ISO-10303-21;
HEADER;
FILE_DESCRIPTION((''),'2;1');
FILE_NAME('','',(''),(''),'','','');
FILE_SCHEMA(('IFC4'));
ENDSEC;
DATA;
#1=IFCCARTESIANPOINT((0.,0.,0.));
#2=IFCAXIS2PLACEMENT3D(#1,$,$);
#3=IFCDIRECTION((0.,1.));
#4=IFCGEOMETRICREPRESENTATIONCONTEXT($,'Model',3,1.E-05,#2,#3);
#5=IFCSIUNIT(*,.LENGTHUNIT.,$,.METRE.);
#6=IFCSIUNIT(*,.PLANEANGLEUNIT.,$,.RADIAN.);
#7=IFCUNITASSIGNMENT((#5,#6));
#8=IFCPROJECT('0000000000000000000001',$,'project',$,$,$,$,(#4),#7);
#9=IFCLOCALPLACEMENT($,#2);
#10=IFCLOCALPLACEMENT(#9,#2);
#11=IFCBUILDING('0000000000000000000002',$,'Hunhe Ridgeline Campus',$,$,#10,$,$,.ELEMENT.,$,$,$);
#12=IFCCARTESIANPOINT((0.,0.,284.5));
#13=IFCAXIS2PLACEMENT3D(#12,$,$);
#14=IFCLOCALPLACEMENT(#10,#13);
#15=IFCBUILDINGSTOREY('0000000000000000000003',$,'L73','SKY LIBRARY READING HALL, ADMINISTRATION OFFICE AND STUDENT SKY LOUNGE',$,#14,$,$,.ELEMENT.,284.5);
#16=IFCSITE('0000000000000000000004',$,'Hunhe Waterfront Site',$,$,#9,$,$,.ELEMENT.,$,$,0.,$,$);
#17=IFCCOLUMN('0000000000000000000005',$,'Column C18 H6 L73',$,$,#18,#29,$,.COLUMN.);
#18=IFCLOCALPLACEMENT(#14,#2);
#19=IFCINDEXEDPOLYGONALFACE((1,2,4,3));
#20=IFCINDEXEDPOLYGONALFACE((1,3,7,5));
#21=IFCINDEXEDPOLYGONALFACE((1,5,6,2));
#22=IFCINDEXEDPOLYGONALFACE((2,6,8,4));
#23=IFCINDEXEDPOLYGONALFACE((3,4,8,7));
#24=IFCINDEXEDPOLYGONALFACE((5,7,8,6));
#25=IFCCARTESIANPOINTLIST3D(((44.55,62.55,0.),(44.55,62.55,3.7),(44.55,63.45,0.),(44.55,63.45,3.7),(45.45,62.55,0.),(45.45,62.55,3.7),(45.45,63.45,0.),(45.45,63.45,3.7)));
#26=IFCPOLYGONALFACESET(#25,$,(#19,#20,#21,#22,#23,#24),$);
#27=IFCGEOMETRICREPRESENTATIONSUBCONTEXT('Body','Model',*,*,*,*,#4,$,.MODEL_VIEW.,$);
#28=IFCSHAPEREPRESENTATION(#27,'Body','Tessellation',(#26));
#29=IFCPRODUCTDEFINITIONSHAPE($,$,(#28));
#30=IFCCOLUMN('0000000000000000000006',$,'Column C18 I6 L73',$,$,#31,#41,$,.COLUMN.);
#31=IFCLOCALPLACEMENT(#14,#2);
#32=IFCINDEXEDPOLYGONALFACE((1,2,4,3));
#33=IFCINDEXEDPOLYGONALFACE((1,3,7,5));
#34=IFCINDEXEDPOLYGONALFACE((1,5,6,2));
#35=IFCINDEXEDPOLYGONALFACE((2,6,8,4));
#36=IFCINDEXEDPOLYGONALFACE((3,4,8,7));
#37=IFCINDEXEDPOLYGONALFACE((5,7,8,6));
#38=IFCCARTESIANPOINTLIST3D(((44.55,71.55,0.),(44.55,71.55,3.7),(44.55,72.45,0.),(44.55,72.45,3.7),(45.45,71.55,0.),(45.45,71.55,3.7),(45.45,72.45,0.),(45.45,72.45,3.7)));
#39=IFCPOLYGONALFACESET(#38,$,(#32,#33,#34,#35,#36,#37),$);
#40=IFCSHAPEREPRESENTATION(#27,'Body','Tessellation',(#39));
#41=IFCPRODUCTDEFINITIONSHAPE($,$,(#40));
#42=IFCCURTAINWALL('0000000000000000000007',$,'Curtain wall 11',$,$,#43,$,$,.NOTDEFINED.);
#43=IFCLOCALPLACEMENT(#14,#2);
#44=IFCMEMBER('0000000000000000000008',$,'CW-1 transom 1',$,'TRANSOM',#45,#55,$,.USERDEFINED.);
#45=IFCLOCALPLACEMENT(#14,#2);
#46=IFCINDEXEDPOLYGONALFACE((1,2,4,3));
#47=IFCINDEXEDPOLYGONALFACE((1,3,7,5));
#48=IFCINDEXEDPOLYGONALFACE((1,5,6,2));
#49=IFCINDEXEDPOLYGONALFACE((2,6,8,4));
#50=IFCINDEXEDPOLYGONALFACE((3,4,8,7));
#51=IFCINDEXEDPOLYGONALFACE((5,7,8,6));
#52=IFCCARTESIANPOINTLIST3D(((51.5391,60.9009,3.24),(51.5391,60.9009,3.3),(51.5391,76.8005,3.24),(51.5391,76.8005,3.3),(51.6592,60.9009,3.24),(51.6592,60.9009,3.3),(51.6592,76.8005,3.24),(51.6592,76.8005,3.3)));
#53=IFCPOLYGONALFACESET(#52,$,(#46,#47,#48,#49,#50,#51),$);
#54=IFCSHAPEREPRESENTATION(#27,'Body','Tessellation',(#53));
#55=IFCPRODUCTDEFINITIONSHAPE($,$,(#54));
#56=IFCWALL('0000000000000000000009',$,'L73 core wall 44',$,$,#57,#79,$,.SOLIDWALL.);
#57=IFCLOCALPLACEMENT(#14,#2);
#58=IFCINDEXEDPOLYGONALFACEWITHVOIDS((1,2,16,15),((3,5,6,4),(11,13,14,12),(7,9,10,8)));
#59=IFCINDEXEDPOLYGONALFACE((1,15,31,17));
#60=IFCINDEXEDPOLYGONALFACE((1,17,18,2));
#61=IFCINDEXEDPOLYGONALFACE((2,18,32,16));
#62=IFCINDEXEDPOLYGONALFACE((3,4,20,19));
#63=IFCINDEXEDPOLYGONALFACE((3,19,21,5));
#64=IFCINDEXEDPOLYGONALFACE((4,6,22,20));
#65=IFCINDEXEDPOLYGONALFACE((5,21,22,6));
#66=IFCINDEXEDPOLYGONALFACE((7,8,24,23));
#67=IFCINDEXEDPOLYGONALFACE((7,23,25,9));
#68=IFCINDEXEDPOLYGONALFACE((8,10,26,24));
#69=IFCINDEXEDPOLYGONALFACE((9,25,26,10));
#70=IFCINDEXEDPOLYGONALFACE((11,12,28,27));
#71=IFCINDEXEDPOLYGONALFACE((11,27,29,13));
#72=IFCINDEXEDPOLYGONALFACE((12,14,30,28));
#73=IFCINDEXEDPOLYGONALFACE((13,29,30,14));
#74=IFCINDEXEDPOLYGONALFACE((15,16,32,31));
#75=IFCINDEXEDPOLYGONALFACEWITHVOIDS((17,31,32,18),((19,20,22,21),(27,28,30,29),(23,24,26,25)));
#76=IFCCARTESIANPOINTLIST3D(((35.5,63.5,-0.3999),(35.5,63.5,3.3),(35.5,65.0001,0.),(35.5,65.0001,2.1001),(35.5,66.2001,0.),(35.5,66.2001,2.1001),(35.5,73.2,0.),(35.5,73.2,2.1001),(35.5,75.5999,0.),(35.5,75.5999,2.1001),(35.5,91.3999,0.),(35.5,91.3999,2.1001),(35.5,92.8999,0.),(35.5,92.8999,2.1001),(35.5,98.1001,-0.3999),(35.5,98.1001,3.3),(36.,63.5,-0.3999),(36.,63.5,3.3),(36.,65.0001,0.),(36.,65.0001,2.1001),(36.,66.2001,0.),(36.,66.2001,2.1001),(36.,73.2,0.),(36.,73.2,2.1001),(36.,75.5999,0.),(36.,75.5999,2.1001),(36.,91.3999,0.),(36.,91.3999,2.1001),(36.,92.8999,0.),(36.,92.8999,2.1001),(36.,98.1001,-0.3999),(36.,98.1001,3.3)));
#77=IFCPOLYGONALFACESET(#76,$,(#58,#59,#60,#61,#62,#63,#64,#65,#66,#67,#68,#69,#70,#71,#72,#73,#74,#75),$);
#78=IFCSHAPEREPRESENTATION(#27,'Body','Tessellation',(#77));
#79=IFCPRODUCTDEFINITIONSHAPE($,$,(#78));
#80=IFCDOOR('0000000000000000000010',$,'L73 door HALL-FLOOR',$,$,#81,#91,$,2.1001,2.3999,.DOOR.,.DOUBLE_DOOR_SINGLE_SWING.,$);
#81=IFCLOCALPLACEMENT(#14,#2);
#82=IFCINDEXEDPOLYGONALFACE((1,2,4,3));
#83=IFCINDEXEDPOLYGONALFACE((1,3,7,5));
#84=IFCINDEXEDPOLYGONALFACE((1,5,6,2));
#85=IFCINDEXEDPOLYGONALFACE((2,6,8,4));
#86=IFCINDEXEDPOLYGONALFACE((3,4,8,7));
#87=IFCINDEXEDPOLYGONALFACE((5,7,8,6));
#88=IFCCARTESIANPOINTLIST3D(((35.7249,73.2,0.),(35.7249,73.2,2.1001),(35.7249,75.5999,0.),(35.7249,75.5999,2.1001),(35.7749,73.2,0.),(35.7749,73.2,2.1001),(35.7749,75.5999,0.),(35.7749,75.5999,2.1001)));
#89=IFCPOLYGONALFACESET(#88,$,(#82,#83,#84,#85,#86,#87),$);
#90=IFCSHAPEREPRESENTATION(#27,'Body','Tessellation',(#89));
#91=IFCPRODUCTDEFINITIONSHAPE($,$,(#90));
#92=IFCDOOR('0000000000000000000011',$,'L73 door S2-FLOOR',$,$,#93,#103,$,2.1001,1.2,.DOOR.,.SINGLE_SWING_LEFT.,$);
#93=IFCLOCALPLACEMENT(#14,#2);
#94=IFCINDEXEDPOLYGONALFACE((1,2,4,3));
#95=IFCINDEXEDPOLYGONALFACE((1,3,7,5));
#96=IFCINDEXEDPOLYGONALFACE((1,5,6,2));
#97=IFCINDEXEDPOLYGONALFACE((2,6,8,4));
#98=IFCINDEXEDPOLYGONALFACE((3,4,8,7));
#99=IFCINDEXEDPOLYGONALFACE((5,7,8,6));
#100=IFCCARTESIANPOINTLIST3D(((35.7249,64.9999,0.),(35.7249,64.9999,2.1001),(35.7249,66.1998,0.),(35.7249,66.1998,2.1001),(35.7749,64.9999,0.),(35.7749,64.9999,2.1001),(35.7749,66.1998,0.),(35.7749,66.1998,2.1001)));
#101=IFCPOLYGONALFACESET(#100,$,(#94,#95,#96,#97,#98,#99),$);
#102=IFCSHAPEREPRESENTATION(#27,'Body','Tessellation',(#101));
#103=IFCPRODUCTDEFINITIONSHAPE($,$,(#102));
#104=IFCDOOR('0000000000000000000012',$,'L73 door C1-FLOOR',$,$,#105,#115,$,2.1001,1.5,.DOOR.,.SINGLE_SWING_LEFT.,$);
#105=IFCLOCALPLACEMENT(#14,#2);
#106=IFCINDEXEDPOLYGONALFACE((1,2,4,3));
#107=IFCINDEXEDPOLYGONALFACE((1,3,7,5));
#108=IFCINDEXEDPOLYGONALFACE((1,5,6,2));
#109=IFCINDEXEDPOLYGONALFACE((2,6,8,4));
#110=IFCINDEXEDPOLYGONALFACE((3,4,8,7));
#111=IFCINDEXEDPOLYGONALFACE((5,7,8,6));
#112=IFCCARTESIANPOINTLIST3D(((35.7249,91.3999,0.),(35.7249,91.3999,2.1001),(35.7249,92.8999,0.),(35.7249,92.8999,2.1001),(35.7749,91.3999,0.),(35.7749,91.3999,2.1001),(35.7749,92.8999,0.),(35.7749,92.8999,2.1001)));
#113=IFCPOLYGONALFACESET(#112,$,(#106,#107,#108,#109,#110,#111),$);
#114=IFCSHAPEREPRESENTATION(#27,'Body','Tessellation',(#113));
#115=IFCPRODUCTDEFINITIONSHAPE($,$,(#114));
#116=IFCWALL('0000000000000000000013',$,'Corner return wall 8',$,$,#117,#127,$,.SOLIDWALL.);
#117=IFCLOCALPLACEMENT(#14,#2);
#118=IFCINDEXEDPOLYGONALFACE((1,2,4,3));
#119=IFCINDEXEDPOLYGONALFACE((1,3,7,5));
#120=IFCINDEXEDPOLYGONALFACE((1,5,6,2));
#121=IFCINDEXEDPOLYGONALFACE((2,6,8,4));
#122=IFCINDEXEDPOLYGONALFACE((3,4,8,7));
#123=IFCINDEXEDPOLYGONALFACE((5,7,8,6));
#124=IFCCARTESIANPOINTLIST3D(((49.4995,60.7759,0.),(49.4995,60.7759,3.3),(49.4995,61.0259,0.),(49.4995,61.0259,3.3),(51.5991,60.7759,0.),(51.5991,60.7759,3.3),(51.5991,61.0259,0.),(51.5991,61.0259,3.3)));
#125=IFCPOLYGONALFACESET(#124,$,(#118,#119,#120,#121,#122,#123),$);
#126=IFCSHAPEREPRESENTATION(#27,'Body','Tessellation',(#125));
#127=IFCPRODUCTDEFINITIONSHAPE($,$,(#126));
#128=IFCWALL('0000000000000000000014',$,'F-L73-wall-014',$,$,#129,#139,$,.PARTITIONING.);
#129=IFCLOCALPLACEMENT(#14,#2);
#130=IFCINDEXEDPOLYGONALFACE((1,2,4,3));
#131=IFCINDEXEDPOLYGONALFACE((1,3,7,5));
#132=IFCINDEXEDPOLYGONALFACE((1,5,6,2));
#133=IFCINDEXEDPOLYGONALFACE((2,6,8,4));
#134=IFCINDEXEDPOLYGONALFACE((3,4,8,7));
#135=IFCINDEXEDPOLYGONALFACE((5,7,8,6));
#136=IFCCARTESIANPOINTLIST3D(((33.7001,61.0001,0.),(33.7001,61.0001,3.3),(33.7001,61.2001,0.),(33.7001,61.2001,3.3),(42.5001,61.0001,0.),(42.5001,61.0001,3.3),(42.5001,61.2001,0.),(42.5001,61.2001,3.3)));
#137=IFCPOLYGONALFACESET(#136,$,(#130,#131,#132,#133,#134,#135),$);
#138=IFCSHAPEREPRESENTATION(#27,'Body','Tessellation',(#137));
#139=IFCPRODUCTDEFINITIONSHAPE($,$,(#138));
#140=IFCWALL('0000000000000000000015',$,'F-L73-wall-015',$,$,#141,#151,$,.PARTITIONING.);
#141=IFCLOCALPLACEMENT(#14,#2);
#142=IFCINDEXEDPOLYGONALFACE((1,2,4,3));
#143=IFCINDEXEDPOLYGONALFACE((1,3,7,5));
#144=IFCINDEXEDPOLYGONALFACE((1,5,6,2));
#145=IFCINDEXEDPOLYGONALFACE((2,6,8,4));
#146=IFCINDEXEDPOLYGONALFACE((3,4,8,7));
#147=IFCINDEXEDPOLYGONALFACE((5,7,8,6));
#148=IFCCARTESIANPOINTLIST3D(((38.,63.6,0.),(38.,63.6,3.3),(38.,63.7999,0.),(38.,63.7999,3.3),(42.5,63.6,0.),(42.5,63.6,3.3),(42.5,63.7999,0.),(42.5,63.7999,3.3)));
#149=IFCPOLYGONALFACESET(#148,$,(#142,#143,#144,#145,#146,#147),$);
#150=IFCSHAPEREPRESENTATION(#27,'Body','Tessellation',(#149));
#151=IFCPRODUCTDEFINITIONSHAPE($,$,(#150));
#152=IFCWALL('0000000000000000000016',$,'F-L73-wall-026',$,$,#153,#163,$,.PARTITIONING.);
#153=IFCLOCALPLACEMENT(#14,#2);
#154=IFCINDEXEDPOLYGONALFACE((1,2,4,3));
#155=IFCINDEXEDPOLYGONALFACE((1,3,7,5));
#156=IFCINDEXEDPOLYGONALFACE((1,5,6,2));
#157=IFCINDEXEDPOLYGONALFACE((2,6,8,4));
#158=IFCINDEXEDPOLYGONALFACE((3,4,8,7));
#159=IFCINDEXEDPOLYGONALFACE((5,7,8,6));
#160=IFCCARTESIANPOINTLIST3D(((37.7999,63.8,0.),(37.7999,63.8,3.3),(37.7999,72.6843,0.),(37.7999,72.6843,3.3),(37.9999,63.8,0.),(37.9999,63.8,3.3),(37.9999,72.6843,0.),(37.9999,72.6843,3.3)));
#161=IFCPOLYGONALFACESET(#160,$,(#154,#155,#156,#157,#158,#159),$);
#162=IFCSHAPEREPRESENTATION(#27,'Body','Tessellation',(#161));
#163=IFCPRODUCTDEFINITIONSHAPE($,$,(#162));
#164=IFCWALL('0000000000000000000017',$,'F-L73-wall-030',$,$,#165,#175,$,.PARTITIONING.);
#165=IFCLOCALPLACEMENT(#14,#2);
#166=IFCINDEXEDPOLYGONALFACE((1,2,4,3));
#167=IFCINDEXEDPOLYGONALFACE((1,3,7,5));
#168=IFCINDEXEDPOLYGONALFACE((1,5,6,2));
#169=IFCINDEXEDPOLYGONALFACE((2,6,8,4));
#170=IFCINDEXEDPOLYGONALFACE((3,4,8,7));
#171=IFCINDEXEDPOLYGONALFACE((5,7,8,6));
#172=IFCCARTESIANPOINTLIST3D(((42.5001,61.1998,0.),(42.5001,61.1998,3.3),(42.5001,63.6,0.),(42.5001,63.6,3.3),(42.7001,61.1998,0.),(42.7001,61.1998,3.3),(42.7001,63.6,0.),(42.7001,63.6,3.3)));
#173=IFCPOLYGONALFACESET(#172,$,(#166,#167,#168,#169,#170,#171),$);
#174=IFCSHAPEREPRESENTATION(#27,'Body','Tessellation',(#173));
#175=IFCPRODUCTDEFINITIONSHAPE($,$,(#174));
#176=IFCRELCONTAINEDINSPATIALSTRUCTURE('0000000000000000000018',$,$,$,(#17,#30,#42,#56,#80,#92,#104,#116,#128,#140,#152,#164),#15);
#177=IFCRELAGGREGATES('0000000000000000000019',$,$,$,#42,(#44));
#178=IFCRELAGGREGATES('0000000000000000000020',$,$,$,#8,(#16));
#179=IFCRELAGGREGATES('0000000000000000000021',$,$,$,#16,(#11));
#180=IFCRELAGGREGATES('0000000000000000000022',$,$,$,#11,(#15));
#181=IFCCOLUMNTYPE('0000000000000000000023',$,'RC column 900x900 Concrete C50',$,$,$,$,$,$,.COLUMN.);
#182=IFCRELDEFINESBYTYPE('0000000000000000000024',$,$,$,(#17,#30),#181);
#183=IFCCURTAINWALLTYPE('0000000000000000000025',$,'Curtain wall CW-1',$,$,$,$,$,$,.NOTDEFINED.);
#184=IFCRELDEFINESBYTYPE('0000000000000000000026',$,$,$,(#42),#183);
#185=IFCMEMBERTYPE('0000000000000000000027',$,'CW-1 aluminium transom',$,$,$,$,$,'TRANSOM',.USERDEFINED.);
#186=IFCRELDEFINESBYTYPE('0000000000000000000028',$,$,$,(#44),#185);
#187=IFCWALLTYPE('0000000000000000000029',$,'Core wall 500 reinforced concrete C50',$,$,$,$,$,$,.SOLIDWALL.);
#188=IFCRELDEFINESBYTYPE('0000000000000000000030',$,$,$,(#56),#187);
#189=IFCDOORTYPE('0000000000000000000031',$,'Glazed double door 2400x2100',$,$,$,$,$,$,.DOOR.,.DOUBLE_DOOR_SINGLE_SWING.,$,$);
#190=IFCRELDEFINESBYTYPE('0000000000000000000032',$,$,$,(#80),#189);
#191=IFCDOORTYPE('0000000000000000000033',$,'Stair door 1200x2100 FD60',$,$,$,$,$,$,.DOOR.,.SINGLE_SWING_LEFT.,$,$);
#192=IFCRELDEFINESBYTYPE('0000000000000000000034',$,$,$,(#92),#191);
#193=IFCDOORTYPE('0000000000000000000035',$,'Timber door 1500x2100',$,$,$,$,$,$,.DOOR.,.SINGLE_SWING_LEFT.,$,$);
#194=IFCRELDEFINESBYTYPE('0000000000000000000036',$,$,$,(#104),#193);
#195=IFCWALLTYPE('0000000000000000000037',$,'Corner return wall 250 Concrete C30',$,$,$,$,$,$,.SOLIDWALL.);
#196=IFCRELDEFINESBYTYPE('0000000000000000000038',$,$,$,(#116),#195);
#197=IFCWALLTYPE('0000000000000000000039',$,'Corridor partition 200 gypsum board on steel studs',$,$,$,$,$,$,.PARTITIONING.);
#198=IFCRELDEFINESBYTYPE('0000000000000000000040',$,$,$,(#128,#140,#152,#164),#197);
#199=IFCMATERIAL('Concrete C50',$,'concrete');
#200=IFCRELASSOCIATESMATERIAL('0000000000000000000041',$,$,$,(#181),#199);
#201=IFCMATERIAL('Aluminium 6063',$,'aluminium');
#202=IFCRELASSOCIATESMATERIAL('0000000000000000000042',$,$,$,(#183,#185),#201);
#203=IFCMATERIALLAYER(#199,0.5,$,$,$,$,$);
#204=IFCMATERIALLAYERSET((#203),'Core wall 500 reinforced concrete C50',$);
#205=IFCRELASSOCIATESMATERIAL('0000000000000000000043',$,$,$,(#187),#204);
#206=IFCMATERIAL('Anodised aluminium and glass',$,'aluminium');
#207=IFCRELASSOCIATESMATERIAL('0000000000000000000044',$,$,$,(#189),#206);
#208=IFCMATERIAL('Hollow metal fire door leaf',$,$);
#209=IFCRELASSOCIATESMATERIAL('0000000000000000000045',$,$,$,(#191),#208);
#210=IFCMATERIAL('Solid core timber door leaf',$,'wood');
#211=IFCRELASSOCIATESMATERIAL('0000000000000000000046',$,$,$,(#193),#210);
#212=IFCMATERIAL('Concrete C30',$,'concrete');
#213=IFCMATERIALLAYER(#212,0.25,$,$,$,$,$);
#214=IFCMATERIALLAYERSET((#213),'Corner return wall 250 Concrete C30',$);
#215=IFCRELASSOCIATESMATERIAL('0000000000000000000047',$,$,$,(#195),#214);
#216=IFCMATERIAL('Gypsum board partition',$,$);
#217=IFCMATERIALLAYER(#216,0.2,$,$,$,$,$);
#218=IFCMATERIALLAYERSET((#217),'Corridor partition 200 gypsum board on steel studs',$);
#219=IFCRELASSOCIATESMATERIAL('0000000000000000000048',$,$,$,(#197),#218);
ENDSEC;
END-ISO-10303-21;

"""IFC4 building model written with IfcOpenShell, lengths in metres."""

from ifc_helpers import new_model, si_unit, direction, frame, frame_2d, origin, origin_2d, place, context, subcontext, project, spatial, rectangle, extrude, material, layer, layer_set, material_profile, profile_set, type_object, element, fill, aggregate, save


model = new_model("IFC4")

# Units and contexts
model_context = context("Model", 3, precision=1e-05, world=origin(), true_north=direction((0.0, 1.0)))
body_context = subcontext(model_context, "Body", "Model", "MODEL_VIEW")
ifc_project = project(units=[si_unit("LENGTHUNIT", "METRE"), si_unit("PLANEANGLEUNIT", "RADIAN")], contexts=[model_context])

# Site, building, storey
site_placement = place(None, origin())
site = spatial("IfcSite", under=ifc_project, at=site_placement, Name="Hunhe Waterfront Site", CompositionType="ELEMENT", RefElevation=0.0)
building_placement = place(site_placement, origin())
building = spatial("IfcBuilding", under=site, at=building_placement, Name="Hunhe Ridgeline Campus", CompositionType="ELEMENT")
storey_placement = place(building_placement, frame((0.0, 0.0, 284.5)))
storey = spatial("IfcBuildingStorey", under=building, at=storey_placement, Name="L73", Description="SKY LIBRARY READING HALL, ADMINISTRATION OFFICE AND STUDENT SKY LOUNGE", CompositionType="ELEMENT", Elevation=284.5)

# Columns
ifc_material_1 = material(Name="Concrete C50", Category="concrete")
ifc_material_profile_1 = material_profile(ifc_material_1, rectangle(XDim=0.8999, YDim=0.8999, at=origin_2d()))
ifc_profile_set_1 = profile_set([ifc_material_profile_1], Name="Concrete C50")
column_type = type_object("IfcColumnType", Name="RC column 900x900 Concrete C50", PredefinedType="COLUMN", material=ifc_profile_set_1)
for number, where, z_axis, x_axis, name in (
    (1, (45.0, 63.0, 0.0), (0.0, 0.0, 1.0), (1.0, 0.0, 0.0), "Column C18 H6 L73"),
    (2, (45.0, 72.0, 0.0), (0.0, 0.0, 1.0), (1.0, 0.0, 0.0), "Column C18 I6 L73"),
):
    element("IfcColumn", number, at=place(storey_placement, frame(where, z_axis=z_axis, x_axis=x_axis)), inside=storey, type_object=column_type, Name=name, PredefinedType="COLUMN", context=body_context, shape_type="SweptSolid", body=[
        extrude(rectangle(XDim=0.8999, YDim=0.8999, at=origin_2d()), origin(), (0.0, 0.0, 1.0), 3.7),
    ])

# Curtain wall, member
ifc_material_2 = material(Name="Aluminium 6063", Category="aluminium")
curtain_wall_type = type_object("IfcCurtainWallType", Name="Curtain wall CW-1", PredefinedType="NOTDEFINED", material=ifc_material_2)
curtain_wall_placement = place(storey_placement, origin())
curtain_wall = element("IfcCurtainWall", 3, at=curtain_wall_placement, inside=storey, type_object=curtain_wall_type, Name="Curtain wall 11", PredefinedType="NOTDEFINED")
ifc_material_profile_2 = material_profile(ifc_material_2, rectangle(XDim=0.1201, YDim=0.0601, at=origin_2d()))
ifc_profile_set_2 = profile_set([ifc_material_profile_2], Name="Aluminium 6063")
member_type = type_object("IfcMemberType", Name="CW-1 aluminium transom", ElementType="TRANSOM", PredefinedType="USERDEFINED", material=ifc_profile_set_2)
member_placement = place(storey_placement, frame((51.5991, 60.9009, 3.27), z_axis=(0.0, 1.0, 0.0), x_axis=(-1.0, 0.0, 0.0)))
member = element("IfcMember", 4, at=member_placement, type_object=member_type, Name="CW-1 transom 1", ObjectType="TRANSOM", PredefinedType="USERDEFINED", context=body_context, shape_type="SweptSolid", body=[
    extrude(rectangle(XDim=0.1201, YDim=0.0601, at=origin_2d()), origin(), (0.0, 0.0, 1.0), 15.8997),
])
aggregate(curtain_wall, [member])

# Wall, openings, doors
ifc_layer_1 = layer(ifc_material_1, 0.5)
ifc_layer_set_1 = layer_set([ifc_layer_1], Name="Core wall 500 reinforced concrete C50")
wall_type_1 = type_object("IfcWallType", Name="Core wall 500 reinforced concrete C50", PredefinedType="SOLIDWALL", material=ifc_layer_set_1)
wall_1_placement = place(storey_placement, frame((35.75, 63.5, -0.3999), z_axis=(0.0, 0.0, 1.0), x_axis=(0.0, 1.0, 0.0)))
wall_1 = element("IfcWall", 5, at=wall_1_placement, inside=storey, type_object=wall_type_1, Name="L73 core wall 44", PredefinedType="SOLIDWALL", context=body_context, shape_type="SweptSolid", body=[
    extrude(rectangle(XDim=34.6001, YDim=0.5, at=frame_2d((17.3, 0.0))), origin(), (0.0, 0.0, 1.0), 3.7),
])
opening_1_placement = place(wall_1_placement, frame((9.7, 0.0, 0.3999)))
opening_1 = element("IfcOpeningElement", 6, at=opening_1_placement, cuts=wall_1, PredefinedType="OPENING", context=body_context, shape_type="SweptSolid", body=[
    extrude(rectangle(XDim=2.3999, YDim=2.1001, at=frame_2d((1.2, 1.05))), frame((0.0, 0.25, 0.0), z_axis=(0.0, -1.0, 0.0), x_axis=(1.0, 0.0, 0.0)), (0.0, 0.0, 1.0), 0.5),
])
opening_2_placement = place(wall_1_placement, frame((27.8999, 0.0, 0.3999)))
opening_2 = element("IfcOpeningElement", 7, at=opening_2_placement, cuts=wall_1, PredefinedType="OPENING", context=body_context, shape_type="SweptSolid", body=[
    extrude(rectangle(XDim=1.5, YDim=2.1001, at=frame_2d((0.75, 1.05))), frame((0.0, 0.25, 0.0), z_axis=(0.0, -1.0, 0.0), x_axis=(1.0, 0.0, 0.0)), (0.0, 0.0, 1.0), 0.5),
])
opening_3_placement = place(wall_1_placement, frame((1.5, 0.0, 0.3999)))
opening_3 = element("IfcOpeningElement", 8, at=opening_3_placement, cuts=wall_1, PredefinedType="OPENING", context=body_context, shape_type="SweptSolid", body=[
    extrude(rectangle(XDim=1.2, YDim=2.1001, at=frame_2d((0.6001, 1.05))), frame((0.0, 0.25, 0.0), z_axis=(0.0, -1.0, 0.0), x_axis=(1.0, 0.0, 0.0)), (0.0, 0.0, 1.0), 0.5),
])
ifc_material_3 = material(Name="Anodised aluminium and glass", Category="aluminium")
door_type_1 = type_object("IfcDoorType", Name="Glazed double door 2400x2100", OperationType="DOUBLE_DOOR_SINGLE_SWING", PredefinedType="DOOR", material=ifc_material_3)
door_1_placement = place(opening_1_placement, frame((2.3999, 0.0, 0.0), z_axis=(0.0, 0.0, 1.0), x_axis=(-1.0, 0.0, 0.0)))
door_1 = element("IfcDoor", 9, at=door_1_placement, inside=storey, type_object=door_type_1, Name="L73 door HALL-FLOOR", OperationType="DOUBLE_DOOR_SINGLE_SWING", OverallHeight=2.1001, OverallWidth=2.3999, PredefinedType="DOOR", context=body_context, shape_type="SweptSolid", body=[
    extrude(rectangle(XDim=2.3999, YDim=2.1001, at=frame_2d((1.2, 1.05))), frame((0.0, 0.0249, 0.0), z_axis=(0.0, -1.0, 0.0), x_axis=(1.0, 0.0, 0.0)), (0.0, 0.0, 1.0), 0.05),
])
fill(opening_1, door_1)
ifc_material_4 = material(Name="Hollow metal fire door leaf")
door_type_2 = type_object("IfcDoorType", Name="Stair door 1200x2100 FD60", OperationType="SINGLE_SWING_LEFT", PredefinedType="DOOR", material=ifc_material_4)
door_2_placement = place(opening_3_placement, frame((1.2, 0.0, 0.0), z_axis=(0.0, 0.0, 1.0), x_axis=(-1.0, 0.0, 0.0)))
door_2 = element("IfcDoor", 10, at=door_2_placement, inside=storey, type_object=door_type_2, Name="L73 door S2-FLOOR", OperationType="SINGLE_SWING_LEFT", OverallHeight=2.1001, OverallWidth=1.2, PredefinedType="DOOR", context=body_context, shape_type="SweptSolid", body=[
    extrude(rectangle(XDim=1.2, YDim=2.1001, at=frame_2d((0.6001, 1.05))), frame((0.0, 0.0249, 0.0), z_axis=(0.0, -1.0, 0.0), x_axis=(1.0, 0.0, 0.0)), (0.0, 0.0, 1.0), 0.05),
])
fill(opening_3, door_2)
ifc_material_5 = material(Name="Solid core timber door leaf", Category="wood")
door_type_3 = type_object("IfcDoorType", Name="Timber door 1500x2100", OperationType="SINGLE_SWING_LEFT", PredefinedType="DOOR", material=ifc_material_5)
door_3_placement = place(opening_2_placement, frame((1.5, 0.0, 0.0), z_axis=(0.0, 0.0, 1.0), x_axis=(-1.0, 0.0, 0.0)))
door_3 = element("IfcDoor", 11, at=door_3_placement, inside=storey, type_object=door_type_3, Name="L73 door C1-FLOOR", OperationType="SINGLE_SWING_LEFT", OverallHeight=2.1001, OverallWidth=1.5, PredefinedType="DOOR", context=body_context, shape_type="SweptSolid", body=[
    extrude(rectangle(XDim=1.5, YDim=2.1001, at=frame_2d((0.75, 1.05))), frame((0.0, 0.0249, 0.0), z_axis=(0.0, -1.0, 0.0), x_axis=(1.0, 0.0, 0.0)), (0.0, 0.0, 1.0), 0.05),
])
fill(opening_2, door_3)

# Walls
ifc_material_6 = material(Name="Concrete C30", Category="concrete")
ifc_layer_2 = layer(ifc_material_6, 0.25)
ifc_layer_set_2 = layer_set([ifc_layer_2], Name="Corner return wall 250 Concrete C30")
wall_type_2 = type_object("IfcWallType", Name="Corner return wall 250 Concrete C30", PredefinedType="SOLIDWALL", material=ifc_layer_set_2)
wall_2_placement = place(storey_placement, frame((49.4995, 60.9009, 0.0), z_axis=(0.0, 0.0, 1.0), x_axis=(1.0, 0.0, 0.0)))
element("IfcWall", 12, at=wall_2_placement, inside=storey, type_object=wall_type_2, Name="Corner return wall 8", PredefinedType="SOLIDWALL", context=body_context, shape_type="SweptSolid", body=[
    extrude(rectangle(XDim=2.0996, YDim=0.25, at=frame_2d((1.0498, 0.0))), origin(), (0.0, 0.0, 1.0), 3.3),
])
ifc_material_7 = material(Name="Gypsum board partition")
ifc_layer_3 = layer(ifc_material_7, 0.2)
ifc_layer_set_3 = layer_set([ifc_layer_3], Name="Corridor partition 200 gypsum board on steel studs")
wall_type_3 = type_object("IfcWallType", Name="Corridor partition 200 gypsum board on steel studs", PredefinedType="PARTITIONING", material=ifc_layer_set_3)
wall_3_placement = place(storey_placement, frame((42.5, 61.1001, 0.0), z_axis=(0.0, 0.0, 1.0), x_axis=(-1.0, 0.0, 0.0)))
element("IfcWall", 13, at=wall_3_placement, inside=storey, type_object=wall_type_3, Name="F-L73-wall-014", PredefinedType="PARTITIONING", context=body_context, shape_type="SweptSolid", body=[
    extrude(rectangle(XDim=8.8, YDim=0.2, at=frame_2d((4.3999, 0.0))), origin(), (0.0, 0.0, 1.0), 3.3),
])
wall_4_placement = place(storey_placement, frame((38.0, 63.7, 0.0), z_axis=(0.0, 0.0, 1.0), x_axis=(1.0, 0.0, 0.0)))
element("IfcWall", 14, at=wall_4_placement, inside=storey, type_object=wall_type_3, Name="F-L73-wall-015", PredefinedType="PARTITIONING", context=body_context, shape_type="SweptSolid", body=[
    extrude(rectangle(XDim=4.5, YDim=0.2, at=frame_2d((2.25, 0.0))), origin(), (0.0, 0.0, 1.0), 3.3),
])

# Walls
wall_5_placement = place(storey_placement, frame((37.8999, 72.6843, 0.0), z_axis=(0.0, 0.0, 1.0), x_axis=(0.0, -1.0, 0.0)))
element("IfcWall", 15, at=wall_5_placement, inside=storey, type_object=wall_type_3, Name="F-L73-wall-026", PredefinedType="PARTITIONING", context=body_context, shape_type="SweptSolid", body=[
    extrude(rectangle(XDim=8.8843, YDim=0.2, at=frame_2d((4.4421, 0.0))), origin(), (0.0, 0.0, 1.0), 3.3),
])
wall_6_placement = place(storey_placement, frame((42.6001, 63.6001, 0.0), z_axis=(0.0, 0.0, 1.0), x_axis=(0.0, -1.0, 0.0)))
element("IfcWall", 16, at=wall_6_placement, inside=storey, type_object=wall_type_3, Name="F-L73-wall-030", PredefinedType="PARTITIONING", context=body_context, shape_type="SweptSolid", body=[
    extrude(rectangle(XDim=2.4001, YDim=0.2, at=frame_2d((1.2002, 0.0))), origin(), (0.0, 0.0, 1.0), 3.3),
])

save(model, "model.ifc")
